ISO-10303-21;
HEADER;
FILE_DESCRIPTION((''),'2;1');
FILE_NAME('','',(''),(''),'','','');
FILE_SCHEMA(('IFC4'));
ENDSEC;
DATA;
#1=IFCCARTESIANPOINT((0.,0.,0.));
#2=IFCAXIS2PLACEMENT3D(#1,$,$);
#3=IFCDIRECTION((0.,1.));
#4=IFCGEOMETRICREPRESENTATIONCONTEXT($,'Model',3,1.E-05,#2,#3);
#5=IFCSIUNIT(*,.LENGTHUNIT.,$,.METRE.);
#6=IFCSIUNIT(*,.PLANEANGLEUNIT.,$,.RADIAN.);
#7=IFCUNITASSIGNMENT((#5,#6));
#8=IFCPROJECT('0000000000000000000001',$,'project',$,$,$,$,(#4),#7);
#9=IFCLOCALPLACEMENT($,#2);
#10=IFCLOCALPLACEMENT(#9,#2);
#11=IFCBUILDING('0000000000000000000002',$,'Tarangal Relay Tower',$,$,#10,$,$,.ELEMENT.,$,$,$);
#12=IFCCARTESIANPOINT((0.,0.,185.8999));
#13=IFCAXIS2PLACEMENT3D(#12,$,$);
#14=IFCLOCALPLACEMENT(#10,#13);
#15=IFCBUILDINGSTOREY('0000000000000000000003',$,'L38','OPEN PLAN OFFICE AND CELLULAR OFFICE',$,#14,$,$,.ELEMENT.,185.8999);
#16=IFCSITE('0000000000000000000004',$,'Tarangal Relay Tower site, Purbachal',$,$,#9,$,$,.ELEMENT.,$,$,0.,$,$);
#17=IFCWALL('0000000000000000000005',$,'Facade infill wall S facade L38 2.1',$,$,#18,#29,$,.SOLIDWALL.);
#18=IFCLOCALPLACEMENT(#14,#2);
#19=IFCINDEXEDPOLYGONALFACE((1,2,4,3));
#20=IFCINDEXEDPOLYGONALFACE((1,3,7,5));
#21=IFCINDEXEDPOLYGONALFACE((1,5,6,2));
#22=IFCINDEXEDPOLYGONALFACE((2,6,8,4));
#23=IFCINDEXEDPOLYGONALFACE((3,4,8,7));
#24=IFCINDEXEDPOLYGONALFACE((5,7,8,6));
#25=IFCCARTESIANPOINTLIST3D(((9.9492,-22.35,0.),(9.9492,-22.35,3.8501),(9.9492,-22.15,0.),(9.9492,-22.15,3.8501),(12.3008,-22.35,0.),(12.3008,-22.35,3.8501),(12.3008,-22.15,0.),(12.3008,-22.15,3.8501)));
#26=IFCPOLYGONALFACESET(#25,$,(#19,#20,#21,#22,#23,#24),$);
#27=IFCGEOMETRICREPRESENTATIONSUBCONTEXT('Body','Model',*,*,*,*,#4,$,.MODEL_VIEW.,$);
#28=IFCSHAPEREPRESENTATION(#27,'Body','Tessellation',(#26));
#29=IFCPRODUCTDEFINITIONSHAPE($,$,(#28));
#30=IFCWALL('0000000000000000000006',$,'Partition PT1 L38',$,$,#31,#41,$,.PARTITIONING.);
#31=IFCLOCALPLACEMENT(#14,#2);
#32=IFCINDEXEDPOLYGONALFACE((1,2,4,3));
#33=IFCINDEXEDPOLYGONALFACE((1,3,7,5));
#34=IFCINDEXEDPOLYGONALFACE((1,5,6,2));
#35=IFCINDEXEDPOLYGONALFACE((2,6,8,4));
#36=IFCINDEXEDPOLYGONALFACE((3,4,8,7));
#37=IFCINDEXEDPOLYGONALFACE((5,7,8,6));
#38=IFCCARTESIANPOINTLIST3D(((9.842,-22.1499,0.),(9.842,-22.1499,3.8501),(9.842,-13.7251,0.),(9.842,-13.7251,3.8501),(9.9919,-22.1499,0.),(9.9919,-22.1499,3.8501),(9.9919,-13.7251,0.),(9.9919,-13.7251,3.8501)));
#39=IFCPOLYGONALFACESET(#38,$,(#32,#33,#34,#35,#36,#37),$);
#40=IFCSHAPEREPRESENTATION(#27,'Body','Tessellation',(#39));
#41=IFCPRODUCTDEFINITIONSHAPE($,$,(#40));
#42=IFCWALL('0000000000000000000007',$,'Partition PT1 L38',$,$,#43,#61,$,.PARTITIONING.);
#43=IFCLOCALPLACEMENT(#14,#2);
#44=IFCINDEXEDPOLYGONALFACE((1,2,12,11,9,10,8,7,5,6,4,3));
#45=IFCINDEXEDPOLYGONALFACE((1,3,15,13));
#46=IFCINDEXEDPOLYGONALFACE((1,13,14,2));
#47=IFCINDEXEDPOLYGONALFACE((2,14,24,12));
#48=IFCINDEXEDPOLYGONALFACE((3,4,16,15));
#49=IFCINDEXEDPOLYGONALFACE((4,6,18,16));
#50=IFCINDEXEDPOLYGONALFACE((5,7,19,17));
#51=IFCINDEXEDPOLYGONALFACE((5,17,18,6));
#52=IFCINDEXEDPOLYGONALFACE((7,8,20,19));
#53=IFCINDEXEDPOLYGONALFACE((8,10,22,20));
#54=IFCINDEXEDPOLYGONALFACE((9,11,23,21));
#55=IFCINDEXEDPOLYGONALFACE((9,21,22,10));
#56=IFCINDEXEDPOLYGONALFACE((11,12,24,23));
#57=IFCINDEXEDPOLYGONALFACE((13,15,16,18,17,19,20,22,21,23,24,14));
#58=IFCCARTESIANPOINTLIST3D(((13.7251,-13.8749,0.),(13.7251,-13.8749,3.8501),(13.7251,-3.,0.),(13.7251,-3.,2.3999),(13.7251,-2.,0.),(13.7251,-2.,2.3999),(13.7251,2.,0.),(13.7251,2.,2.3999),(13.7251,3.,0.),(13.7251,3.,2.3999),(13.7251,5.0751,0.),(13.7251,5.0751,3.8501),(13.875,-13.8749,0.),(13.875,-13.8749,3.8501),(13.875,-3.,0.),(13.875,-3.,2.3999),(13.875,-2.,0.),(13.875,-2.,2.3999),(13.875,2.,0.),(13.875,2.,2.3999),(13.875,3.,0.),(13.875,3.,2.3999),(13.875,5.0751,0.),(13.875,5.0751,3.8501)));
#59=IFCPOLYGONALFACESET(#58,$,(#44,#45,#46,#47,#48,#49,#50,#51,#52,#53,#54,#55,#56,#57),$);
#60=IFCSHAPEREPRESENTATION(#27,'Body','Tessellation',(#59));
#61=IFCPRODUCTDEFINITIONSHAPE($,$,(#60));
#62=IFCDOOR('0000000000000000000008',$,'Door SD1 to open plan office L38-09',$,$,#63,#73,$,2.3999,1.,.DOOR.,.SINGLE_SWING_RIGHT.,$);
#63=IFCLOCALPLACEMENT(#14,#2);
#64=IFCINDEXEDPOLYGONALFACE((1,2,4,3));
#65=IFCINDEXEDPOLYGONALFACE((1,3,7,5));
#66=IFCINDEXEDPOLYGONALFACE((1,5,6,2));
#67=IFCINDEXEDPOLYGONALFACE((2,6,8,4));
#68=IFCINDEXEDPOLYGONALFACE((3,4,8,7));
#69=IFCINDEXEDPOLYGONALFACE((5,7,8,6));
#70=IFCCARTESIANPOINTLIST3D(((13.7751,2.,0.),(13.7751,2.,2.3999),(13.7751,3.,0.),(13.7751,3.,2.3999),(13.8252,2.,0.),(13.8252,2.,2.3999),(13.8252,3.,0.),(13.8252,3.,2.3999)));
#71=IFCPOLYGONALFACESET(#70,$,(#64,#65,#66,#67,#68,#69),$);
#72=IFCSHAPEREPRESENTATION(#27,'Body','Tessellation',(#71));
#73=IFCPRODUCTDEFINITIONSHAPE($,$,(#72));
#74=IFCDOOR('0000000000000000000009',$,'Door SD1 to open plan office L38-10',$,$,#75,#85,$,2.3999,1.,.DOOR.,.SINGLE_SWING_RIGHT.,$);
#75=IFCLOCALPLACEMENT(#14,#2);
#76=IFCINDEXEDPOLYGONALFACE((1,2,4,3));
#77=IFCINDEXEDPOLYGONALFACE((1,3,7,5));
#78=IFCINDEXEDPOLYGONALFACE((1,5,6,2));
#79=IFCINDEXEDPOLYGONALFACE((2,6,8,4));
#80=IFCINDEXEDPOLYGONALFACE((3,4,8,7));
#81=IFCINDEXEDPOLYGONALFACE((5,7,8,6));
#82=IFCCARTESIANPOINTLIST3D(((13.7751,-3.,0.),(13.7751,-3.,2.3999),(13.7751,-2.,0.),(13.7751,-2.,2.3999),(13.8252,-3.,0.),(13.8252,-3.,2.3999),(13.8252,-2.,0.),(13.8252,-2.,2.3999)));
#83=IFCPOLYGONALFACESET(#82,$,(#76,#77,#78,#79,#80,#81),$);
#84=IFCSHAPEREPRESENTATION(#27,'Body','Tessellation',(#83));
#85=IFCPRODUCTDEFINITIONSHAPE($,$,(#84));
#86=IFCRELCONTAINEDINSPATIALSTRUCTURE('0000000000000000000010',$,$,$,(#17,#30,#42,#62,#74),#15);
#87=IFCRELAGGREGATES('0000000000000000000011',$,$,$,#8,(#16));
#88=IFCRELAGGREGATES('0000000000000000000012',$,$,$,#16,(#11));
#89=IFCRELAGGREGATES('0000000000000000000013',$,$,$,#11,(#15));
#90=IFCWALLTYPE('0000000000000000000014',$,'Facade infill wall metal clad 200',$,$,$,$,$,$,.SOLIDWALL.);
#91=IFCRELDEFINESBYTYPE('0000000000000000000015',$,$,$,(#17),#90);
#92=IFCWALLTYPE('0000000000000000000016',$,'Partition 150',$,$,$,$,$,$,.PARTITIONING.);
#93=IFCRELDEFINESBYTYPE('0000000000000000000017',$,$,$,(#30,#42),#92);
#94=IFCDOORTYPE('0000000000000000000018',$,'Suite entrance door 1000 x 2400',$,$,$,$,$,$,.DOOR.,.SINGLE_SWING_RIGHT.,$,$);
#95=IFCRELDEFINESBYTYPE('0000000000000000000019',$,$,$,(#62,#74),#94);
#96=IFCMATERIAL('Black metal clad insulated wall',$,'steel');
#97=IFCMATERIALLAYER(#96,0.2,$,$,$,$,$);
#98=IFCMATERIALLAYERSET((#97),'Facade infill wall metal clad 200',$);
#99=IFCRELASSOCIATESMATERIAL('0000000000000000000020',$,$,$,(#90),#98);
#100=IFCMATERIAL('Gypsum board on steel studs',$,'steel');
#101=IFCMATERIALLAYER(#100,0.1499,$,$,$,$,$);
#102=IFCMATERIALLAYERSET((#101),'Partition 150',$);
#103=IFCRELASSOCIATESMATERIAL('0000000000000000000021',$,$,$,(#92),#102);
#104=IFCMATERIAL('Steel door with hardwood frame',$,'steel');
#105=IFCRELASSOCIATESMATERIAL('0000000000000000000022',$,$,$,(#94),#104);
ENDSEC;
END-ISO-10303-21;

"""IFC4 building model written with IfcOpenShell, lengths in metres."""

from ifc_helpers import new_model, si_unit, direction, frame, frame_2d, origin, place, context, subcontext, project, spatial, rectangle, extrude, material, layer, layer_set, type_object, element, fill, save


model = new_model("IFC4")

# Units and contexts
model_context = context("Model", 3, precision=1e-05, world=origin(), true_north=direction((0.0, 1.0)))
body_context = subcontext(model_context, "Body", "Model", "MODEL_VIEW")
ifc_project = project(units=[si_unit("LENGTHUNIT", "METRE"), si_unit("PLANEANGLEUNIT", "RADIAN")], contexts=[model_context])

# Site, building, storey
site_placement = place(None, origin())
site = spatial("IfcSite", under=ifc_project, at=site_placement, Name="Tarangal Relay Tower site, Purbachal", CompositionType="ELEMENT", RefElevation=0.0)
building_placement = place(site_placement, origin())
building = spatial("IfcBuilding", under=site, at=building_placement, Name="Tarangal Relay Tower", CompositionType="ELEMENT")
storey_placement = place(building_placement, frame((0.0, 0.0, 185.8999)))
storey = spatial("IfcBuildingStorey", under=building, at=storey_placement, Name="L38", Description="OPEN PLAN OFFICE AND CELLULAR OFFICE", CompositionType="ELEMENT", Elevation=185.8999)

# Shared definitions
ifc_material_1 = material(Name="Black metal clad insulated wall", Category="steel")

# Walls
ifc_layer_1 = layer(ifc_material_1, 0.2)
ifc_layer_set_1 = layer_set([ifc_layer_1], Name="Facade infill wall metal clad 200")
wall_type_1 = type_object("IfcWallType", Name="Facade infill wall metal clad 200", PredefinedType="SOLIDWALL", material=ifc_layer_set_1)
wall_1_placement = place(storey_placement, frame((12.3008, -22.25, 0.0), z_axis=(0.0, 0.0, 1.0), x_axis=(-1.0, 0.0, 0.0)))
element("IfcWall", 1, at=wall_1_placement, inside=storey, type_object=wall_type_1, Name="Facade infill wall S facade L38 2.1", PredefinedType="SOLIDWALL", context=body_context, shape_type="SweptSolid", body=[
    extrude(rectangle(XDim=2.3516, YDim=0.2, at=frame_2d((1.1758, 0.0))), origin(), (0.0, 0.0, 1.0), 3.8501),
])
ifc_material_2 = material(Name="Gypsum board on steel studs", Category="steel")
ifc_layer_2 = layer(ifc_material_2, 0.1499)
ifc_layer_set_2 = layer_set([ifc_layer_2], Name="Partition 150")
wall_type_2 = type_object("IfcWallType", Name="Partition 150", PredefinedType="PARTITIONING", material=ifc_layer_set_2)
wall_2_placement = place(storey_placement, frame((9.917, -22.1499, 0.0), z_axis=(0.0, 0.0, 1.0), x_axis=(0.0, 1.0, 0.0)))
element("IfcWall", 2, at=wall_2_placement, inside=storey, type_object=wall_type_2, Name="Partition PT1 L38", PredefinedType="PARTITIONING", context=body_context, shape_type="SweptSolid", body=[
    extrude(rectangle(XDim=8.4248, YDim=0.1499, at=frame_2d((4.2124, 0.0))), origin(), (0.0, 0.0, 1.0), 3.8501),
])

# Wall, openings, doors
wall_3_placement = place(storey_placement, frame((13.8, -13.875, 0.0), z_axis=(0.0, 0.0, 1.0), x_axis=(0.0, 1.0, 0.0)))
wall_3 = element("IfcWall", 3, at=wall_3_placement, inside=storey, type_object=wall_type_2, Name="Partition PT1 L38", PredefinedType="PARTITIONING", context=body_context, shape_type="SweptSolid", body=[
    extrude(rectangle(XDim=18.95, YDim=0.1499, at=frame_2d((9.4751, 0.0))), origin(), (0.0, 0.0, 1.0), 3.8501),
])
opening_1_placement = place(wall_3_placement, frame((15.875, 0.0, 0.0)))
opening_1 = element("IfcOpeningElement", 4, at=opening_1_placement, cuts=wall_3, PredefinedType="OPENING", context=body_context, shape_type="SweptSolid", body=[
    extrude(rectangle(XDim=1.0, YDim=2.3999, at=frame_2d((0.5, 1.2))), frame((0.0, 0.085, 0.0), z_axis=(0.0, -1.0, 0.0), x_axis=(1.0, 0.0, 0.0)), (0.0, 0.0, 1.0), 0.1699),
])
opening_2_placement = place(wall_3_placement, frame((10.875, 0.0, 0.0)))
opening_2 = element("IfcOpeningElement", 5, at=opening_2_placement, cuts=wall_3, PredefinedType="OPENING", context=body_context, shape_type="SweptSolid", body=[
    extrude(rectangle(XDim=1.0, YDim=2.3999, at=frame_2d((0.5, 1.2))), frame((0.0, 0.085, 0.0), z_axis=(0.0, -1.0, 0.0), x_axis=(1.0, 0.0, 0.0)), (0.0, 0.0, 1.0), 0.1699),
])
ifc_material_3 = material(Name="Steel door with hardwood frame", Category="steel")
door_type_1 = type_object("IfcDoorType", Name="Suite entrance door 1000 x 2400", OperationType="SINGLE_SWING_RIGHT", PredefinedType="DOOR", material=ifc_material_3)
door_1_placement = place(opening_1_placement, origin())
door_1 = element("IfcDoor", 6, at=door_1_placement, inside=storey, type_object=door_type_1, Name="Door SD1 to open plan office L38-09", OperationType="SINGLE_SWING_RIGHT", OverallHeight=2.3999, OverallWidth=1.0, PredefinedType="DOOR", context=body_context, shape_type="SweptSolid", body=[
    extrude(rectangle(XDim=1.0, YDim=2.3999, at=frame_2d((0.5, 1.2))), frame((0.0, 0.0249, 0.0), z_axis=(0.0, -1.0, 0.0), x_axis=(1.0, 0.0, 0.0)), (0.0, 0.0, 1.0), 0.05),
])
fill(opening_1, door_1)
door_2_placement = place(opening_2_placement, origin())
door_2 = element("IfcDoor", 7, at=door_2_placement, inside=storey, type_object=door_type_1, Name="Door SD1 to open plan office L38-10", OperationType="SINGLE_SWING_RIGHT", OverallHeight=2.3999, OverallWidth=1.0, PredefinedType="DOOR", context=body_context, shape_type="SweptSolid", body=[
    extrude(rectangle(XDim=1.0, YDim=2.3999, at=frame_2d((0.5, 1.2))), frame((0.0, 0.0249, 0.0), z_axis=(0.0, -1.0, 0.0), x_axis=(1.0, 0.0, 0.0)), (0.0, 0.0, 1.0), 0.05),
])
fill(opening_2, door_2)

save(model, "model.ifc")
